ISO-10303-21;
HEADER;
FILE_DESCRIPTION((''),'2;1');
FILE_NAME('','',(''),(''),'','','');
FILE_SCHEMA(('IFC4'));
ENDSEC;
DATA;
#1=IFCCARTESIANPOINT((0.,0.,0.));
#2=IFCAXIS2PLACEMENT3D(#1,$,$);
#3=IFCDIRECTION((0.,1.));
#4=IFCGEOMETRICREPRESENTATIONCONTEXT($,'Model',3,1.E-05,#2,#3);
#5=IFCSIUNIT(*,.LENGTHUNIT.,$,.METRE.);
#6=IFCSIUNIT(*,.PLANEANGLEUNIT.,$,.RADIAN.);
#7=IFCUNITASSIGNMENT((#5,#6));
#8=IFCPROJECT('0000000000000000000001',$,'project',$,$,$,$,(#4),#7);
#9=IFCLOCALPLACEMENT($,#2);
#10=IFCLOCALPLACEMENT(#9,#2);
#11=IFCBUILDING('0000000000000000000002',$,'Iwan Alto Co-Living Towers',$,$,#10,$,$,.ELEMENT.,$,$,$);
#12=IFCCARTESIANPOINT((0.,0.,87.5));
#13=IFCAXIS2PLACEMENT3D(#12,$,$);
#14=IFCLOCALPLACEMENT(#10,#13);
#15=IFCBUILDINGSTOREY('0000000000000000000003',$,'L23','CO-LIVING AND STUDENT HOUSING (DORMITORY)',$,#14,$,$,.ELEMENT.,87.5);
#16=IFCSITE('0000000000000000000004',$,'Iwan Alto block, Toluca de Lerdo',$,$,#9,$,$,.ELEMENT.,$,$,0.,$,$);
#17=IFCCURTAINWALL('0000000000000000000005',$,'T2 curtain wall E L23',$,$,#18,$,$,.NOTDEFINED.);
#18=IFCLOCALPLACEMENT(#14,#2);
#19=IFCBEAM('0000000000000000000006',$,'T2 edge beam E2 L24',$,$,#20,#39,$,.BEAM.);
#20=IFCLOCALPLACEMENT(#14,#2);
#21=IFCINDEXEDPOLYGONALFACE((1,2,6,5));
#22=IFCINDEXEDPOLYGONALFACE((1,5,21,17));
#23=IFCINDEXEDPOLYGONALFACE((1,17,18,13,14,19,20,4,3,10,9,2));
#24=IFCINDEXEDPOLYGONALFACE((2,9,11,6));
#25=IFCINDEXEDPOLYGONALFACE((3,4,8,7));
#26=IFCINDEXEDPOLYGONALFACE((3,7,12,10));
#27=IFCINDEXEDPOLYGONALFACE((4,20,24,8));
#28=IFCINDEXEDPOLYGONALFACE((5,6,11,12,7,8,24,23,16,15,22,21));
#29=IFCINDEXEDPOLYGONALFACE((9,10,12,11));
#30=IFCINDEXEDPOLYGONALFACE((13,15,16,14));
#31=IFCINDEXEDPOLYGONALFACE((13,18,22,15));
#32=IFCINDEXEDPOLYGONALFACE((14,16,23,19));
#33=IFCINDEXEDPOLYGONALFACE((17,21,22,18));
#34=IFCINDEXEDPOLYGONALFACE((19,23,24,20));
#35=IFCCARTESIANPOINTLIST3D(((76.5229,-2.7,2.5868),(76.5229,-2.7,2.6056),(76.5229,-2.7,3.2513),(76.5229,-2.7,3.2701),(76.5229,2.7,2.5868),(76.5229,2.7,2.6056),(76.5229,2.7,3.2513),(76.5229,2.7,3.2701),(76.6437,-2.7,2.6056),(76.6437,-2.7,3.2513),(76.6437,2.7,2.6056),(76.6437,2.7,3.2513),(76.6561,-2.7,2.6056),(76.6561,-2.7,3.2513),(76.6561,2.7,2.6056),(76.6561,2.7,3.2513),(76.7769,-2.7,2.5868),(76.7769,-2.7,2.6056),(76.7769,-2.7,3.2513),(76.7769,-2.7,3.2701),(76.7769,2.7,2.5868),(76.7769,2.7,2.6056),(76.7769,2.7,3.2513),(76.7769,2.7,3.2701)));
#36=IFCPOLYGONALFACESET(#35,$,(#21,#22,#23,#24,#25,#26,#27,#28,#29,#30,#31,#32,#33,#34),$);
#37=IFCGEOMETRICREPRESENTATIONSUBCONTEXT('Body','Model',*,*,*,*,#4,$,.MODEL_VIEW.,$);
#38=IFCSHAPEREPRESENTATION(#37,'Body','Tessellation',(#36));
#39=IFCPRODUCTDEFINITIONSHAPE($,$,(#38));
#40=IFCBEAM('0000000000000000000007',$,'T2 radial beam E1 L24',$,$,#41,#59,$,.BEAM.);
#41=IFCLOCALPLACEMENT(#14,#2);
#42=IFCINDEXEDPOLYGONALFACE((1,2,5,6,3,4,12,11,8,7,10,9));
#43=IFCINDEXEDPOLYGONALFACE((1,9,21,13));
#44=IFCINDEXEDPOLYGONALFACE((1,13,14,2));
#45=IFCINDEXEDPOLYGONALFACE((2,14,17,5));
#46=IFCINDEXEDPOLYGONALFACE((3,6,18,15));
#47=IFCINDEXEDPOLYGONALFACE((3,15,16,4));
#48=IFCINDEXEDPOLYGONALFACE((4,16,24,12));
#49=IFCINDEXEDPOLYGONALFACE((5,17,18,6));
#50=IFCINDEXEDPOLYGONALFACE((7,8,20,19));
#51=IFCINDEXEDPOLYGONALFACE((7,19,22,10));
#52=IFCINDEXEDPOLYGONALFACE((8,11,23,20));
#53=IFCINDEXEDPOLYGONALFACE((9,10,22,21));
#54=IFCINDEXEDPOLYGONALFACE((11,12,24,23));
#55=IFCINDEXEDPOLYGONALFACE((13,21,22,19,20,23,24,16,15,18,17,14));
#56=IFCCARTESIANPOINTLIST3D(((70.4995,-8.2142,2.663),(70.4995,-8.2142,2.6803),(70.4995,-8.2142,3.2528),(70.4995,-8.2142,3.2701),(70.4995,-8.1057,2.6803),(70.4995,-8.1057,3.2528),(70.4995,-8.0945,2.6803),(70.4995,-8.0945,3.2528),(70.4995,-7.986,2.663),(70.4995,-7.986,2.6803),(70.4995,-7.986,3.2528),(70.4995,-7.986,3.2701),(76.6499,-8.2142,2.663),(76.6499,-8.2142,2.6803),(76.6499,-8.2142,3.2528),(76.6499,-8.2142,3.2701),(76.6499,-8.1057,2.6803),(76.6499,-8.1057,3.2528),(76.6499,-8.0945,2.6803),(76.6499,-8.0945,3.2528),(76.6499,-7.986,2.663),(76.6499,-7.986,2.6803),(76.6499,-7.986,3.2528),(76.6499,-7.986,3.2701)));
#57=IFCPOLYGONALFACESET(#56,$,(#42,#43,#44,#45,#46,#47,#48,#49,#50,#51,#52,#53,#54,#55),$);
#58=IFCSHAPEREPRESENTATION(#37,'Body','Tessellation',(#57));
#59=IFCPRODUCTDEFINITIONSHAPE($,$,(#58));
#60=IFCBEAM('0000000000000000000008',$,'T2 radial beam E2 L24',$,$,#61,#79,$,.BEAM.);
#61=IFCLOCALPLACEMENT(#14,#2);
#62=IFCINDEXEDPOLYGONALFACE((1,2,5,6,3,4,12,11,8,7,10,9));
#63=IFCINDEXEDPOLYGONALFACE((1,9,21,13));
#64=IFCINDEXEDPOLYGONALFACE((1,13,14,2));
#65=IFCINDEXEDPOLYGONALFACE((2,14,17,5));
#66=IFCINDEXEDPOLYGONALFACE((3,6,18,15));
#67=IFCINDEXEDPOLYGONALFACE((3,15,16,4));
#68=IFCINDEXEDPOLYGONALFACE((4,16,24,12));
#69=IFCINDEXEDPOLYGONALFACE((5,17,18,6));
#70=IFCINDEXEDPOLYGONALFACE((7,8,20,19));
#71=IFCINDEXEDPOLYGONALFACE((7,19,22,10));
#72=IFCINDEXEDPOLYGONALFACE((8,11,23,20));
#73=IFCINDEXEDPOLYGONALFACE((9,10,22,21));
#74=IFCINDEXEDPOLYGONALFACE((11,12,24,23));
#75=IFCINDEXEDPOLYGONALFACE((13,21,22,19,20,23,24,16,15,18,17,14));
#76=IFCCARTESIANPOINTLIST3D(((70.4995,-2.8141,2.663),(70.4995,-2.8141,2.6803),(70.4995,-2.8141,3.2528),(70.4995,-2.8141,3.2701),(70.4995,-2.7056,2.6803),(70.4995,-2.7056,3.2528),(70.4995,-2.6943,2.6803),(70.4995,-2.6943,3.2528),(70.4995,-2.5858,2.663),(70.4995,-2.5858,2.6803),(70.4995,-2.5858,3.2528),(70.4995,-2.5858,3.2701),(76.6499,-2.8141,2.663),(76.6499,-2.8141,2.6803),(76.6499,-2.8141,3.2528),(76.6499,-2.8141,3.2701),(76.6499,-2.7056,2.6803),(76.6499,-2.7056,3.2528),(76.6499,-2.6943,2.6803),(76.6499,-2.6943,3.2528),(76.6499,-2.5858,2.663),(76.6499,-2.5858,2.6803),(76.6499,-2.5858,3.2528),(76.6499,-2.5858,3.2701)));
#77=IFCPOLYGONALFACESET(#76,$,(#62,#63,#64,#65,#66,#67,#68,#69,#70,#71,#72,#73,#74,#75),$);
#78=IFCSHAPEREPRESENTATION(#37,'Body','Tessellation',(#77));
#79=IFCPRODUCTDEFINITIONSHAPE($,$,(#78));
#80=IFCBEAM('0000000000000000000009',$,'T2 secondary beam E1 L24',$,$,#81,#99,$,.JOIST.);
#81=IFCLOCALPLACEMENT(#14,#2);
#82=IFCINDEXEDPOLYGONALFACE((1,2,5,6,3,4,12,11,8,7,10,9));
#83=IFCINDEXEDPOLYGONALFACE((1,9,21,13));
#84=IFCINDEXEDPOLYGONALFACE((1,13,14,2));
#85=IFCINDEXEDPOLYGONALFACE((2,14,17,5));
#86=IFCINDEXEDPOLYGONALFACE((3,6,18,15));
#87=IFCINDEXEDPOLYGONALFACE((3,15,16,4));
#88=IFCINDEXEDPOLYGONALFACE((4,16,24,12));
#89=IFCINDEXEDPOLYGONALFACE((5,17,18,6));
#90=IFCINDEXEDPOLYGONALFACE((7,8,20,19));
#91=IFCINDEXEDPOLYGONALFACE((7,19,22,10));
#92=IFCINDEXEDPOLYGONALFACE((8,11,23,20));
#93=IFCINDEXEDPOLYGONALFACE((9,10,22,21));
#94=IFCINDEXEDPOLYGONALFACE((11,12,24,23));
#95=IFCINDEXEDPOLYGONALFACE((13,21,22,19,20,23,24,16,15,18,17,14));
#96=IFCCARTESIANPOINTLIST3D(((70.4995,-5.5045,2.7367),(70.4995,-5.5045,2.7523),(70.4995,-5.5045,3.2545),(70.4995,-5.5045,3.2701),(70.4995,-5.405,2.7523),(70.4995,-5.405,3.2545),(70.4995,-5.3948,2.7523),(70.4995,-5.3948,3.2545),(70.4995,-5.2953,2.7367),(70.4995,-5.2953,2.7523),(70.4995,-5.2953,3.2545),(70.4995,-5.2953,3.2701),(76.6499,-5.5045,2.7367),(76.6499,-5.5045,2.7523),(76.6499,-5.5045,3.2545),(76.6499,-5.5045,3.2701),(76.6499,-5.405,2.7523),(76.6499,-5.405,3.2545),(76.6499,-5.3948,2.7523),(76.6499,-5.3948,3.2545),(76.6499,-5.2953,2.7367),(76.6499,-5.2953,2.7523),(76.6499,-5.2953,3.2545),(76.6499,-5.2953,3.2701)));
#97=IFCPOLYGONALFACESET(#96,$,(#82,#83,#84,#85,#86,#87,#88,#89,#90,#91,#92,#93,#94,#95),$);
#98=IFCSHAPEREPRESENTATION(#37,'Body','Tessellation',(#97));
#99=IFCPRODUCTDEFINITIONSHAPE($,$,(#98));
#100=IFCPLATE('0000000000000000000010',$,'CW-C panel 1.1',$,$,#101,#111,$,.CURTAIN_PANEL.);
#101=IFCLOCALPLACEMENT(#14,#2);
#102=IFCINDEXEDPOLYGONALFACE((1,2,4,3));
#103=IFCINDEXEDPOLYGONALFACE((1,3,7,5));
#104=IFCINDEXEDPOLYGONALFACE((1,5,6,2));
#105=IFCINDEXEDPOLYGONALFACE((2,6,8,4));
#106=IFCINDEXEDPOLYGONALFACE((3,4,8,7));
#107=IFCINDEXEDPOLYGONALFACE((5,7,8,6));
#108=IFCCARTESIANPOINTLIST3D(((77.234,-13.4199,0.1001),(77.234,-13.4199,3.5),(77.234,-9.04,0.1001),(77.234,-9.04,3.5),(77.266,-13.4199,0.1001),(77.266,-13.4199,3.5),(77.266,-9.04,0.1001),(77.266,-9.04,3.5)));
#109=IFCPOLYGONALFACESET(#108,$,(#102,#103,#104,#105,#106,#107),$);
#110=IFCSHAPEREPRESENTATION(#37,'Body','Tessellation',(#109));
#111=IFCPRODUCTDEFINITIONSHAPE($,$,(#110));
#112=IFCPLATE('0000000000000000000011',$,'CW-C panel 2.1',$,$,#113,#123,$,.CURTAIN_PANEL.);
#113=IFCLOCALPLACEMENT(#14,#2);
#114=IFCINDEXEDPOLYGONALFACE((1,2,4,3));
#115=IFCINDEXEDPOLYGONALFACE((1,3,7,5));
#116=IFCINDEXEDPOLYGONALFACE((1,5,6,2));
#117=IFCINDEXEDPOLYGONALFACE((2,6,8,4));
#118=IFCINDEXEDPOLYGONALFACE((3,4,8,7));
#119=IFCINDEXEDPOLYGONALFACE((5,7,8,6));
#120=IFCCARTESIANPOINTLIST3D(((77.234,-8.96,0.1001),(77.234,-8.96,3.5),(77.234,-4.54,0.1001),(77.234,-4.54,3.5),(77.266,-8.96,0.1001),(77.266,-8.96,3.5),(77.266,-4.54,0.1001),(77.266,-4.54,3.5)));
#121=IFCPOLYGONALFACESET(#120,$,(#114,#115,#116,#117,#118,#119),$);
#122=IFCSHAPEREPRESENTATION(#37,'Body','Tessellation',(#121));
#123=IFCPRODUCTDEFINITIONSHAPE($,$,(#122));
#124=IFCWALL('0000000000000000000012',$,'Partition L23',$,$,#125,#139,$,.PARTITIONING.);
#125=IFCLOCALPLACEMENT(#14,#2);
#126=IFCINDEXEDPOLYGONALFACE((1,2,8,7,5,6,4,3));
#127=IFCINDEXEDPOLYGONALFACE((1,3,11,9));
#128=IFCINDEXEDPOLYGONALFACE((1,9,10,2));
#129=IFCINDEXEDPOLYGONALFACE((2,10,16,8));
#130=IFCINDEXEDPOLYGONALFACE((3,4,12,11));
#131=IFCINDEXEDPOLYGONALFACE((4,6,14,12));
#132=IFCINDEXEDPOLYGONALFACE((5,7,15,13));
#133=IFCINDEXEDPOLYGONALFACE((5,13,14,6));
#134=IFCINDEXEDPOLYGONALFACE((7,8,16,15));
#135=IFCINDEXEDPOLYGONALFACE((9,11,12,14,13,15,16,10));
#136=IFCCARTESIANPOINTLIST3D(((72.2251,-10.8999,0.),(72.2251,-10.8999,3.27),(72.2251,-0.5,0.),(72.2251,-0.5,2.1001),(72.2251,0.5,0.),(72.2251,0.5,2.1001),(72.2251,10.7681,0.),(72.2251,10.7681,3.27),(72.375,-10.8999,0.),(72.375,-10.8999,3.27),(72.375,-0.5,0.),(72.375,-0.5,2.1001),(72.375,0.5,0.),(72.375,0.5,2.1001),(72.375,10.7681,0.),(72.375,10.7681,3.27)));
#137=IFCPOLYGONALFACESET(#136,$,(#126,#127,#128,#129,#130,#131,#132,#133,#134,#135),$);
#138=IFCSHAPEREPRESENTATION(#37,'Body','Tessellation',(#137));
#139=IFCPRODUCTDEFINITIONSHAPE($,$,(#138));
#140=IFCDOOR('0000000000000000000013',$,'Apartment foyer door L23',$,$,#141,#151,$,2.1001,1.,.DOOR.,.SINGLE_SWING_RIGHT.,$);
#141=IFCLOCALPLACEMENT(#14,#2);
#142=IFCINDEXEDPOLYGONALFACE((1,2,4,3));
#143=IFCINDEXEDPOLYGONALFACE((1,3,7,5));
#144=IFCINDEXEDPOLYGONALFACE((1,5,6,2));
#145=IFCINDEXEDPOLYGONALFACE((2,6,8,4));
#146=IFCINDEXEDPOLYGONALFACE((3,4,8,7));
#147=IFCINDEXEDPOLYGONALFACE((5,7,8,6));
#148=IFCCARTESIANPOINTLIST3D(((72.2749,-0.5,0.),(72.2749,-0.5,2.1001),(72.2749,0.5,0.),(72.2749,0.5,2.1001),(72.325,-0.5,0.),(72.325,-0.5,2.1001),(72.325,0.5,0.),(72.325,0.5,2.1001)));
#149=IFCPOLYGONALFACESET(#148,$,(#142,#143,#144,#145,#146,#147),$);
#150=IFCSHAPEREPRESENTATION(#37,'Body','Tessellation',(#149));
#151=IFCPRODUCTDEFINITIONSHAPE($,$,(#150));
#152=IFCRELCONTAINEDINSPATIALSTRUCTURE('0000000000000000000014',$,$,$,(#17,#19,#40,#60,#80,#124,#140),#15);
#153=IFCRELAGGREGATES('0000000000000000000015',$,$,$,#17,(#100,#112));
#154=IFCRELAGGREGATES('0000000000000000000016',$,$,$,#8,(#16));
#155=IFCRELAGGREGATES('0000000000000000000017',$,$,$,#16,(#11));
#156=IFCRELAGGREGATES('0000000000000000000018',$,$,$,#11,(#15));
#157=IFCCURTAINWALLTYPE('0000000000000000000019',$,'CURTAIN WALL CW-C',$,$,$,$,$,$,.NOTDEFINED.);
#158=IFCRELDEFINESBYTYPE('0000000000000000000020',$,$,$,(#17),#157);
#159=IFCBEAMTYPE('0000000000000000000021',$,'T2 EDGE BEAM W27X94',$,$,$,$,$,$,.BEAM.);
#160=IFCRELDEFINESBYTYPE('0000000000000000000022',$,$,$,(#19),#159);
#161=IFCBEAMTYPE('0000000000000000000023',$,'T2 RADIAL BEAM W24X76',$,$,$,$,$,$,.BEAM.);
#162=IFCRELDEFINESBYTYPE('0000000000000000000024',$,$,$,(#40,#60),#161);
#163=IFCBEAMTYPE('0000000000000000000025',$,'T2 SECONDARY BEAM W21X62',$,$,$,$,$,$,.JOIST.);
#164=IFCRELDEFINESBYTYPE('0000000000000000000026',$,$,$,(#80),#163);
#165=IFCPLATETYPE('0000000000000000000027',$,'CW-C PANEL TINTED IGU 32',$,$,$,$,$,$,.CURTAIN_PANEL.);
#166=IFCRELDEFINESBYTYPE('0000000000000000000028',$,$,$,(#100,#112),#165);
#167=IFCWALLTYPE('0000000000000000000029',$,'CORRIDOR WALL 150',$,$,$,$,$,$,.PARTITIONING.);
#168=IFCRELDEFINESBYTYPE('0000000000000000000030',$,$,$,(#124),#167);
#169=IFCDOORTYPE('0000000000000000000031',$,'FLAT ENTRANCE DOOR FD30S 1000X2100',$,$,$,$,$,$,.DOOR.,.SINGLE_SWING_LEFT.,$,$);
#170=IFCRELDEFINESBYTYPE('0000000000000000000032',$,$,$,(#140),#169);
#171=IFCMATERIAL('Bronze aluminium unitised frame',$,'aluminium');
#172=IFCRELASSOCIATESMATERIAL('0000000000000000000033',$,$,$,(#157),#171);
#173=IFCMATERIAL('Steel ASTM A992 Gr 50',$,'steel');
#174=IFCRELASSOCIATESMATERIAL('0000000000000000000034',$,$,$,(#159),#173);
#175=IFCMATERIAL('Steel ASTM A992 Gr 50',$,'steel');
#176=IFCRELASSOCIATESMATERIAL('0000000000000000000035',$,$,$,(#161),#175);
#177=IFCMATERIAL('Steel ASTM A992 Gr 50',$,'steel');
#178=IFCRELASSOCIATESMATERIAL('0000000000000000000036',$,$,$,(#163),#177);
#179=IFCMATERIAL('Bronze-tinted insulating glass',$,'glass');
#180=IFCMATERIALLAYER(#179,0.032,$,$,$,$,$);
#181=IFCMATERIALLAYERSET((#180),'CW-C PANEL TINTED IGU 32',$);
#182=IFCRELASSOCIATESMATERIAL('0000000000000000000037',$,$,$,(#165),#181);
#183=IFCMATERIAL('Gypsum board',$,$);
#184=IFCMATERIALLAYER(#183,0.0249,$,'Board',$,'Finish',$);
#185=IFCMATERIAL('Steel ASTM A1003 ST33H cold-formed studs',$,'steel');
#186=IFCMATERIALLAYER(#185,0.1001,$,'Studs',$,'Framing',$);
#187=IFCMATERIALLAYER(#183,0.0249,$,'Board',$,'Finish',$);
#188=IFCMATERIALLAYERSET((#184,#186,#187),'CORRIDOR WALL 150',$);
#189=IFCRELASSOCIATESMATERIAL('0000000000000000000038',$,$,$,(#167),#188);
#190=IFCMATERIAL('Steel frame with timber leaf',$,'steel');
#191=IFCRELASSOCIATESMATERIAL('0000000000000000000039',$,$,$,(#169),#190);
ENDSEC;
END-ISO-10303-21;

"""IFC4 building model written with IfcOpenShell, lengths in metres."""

from ifc_helpers import new_model, si_unit, direction, frame, frame_2d, origin, origin_2d, place, context, subcontext, project, spatial, rectangle, i_section, extrude, material, layer, layer_set, material_profile, profile_set, type_object, element, fill, aggregate, save


model = new_model("IFC4")

# Units and contexts
model_context = context("Model", 3, precision=1e-05, world=origin(), true_north=direction((0.0, 1.0)))
body_context = subcontext(model_context, "Body", "Model", "MODEL_VIEW")
ifc_project = project(units=[si_unit("LENGTHUNIT", "METRE"), si_unit("PLANEANGLEUNIT", "RADIAN")], contexts=[model_context])

# Site, building, storey
site_placement = place(None, origin())
site = spatial("IfcSite", under=ifc_project, at=site_placement, Name="Iwan Alto block, Toluca de Lerdo", CompositionType="ELEMENT", RefElevation=0.0)
building_placement = place(site_placement, origin())
building = spatial("IfcBuilding", under=site, at=building_placement, Name="Iwan Alto Co-Living Towers", CompositionType="ELEMENT")
storey_placement = place(building_placement, frame((0.0, 0.0, 87.5)))
storey = spatial("IfcBuildingStorey", under=building, at=storey_placement, Name="L23", Description="CO-LIVING AND STUDENT HOUSING (DORMITORY)", CompositionType="ELEMENT", Elevation=87.5)

# Curtain wall
ifc_material_1 = material(Name="Bronze aluminium unitised frame", Category="aluminium")
curtain_wall_type = type_object("IfcCurtainWallType", Name="CURTAIN WALL CW-C", PredefinedType="NOTDEFINED", material=ifc_material_1)
curtain_wall_placement = place(storey_placement, origin())
curtain_wall = element("IfcCurtainWall", 1, at=curtain_wall_placement, inside=storey, type_object=curtain_wall_type, Name="T2 curtain wall E L23", PredefinedType="NOTDEFINED")

# Beams
ifc_material_2 = material(Name="Steel ASTM A992 Gr 50", Category="steel")
ifc_material_profile_1 = material_profile(ifc_material_2, i_section(OverallWidth=0.2539, OverallDepth=0.6833, WebThickness=0.0125, FlangeThickness=0.0188, at=origin_2d()), Name="W27X94")
ifc_profile_set_1 = profile_set([ifc_material_profile_1], Name="Steel ASTM A992 Gr 50")
beam_type_1 = type_object("IfcBeamType", Name="T2 EDGE BEAM W27X94", PredefinedType="BEAM", material=ifc_profile_set_1)
beam_1_placement = place(storey_placement, frame((76.6499, -2.7, 2.9285), z_axis=(0.0, 1.0, 0.0), x_axis=(-1.0, 0.0, 0.0)))
element("IfcBeam", 2, at=beam_1_placement, inside=storey, type_object=beam_type_1, Name="T2 edge beam E2 L24", PredefinedType="BEAM", context=body_context, shape_type="SweptSolid", body=[
    extrude(i_section(OverallWidth=0.2539, OverallDepth=0.6833, WebThickness=0.0125, FlangeThickness=0.0188, at=origin_2d()), origin(), (0.0, 0.0, 1.0), 5.3999),
])
ifc_material_3 = material(Name="Steel ASTM A992 Gr 50", Category="steel")
ifc_material_profile_2 = material_profile(ifc_material_3, i_section(OverallWidth=0.2283, OverallDepth=0.6072, WebThickness=0.0112, FlangeThickness=0.0173, at=origin_2d()), Name="W24X76")
ifc_profile_set_2 = profile_set([ifc_material_profile_2], Name="Steel ASTM A992 Gr 50")
beam_type_2 = type_object("IfcBeamType", Name="T2 RADIAL BEAM W24X76", PredefinedType="BEAM", material=ifc_profile_set_2)
for number, where, z_axis, x_axis, name in (
    (3, (76.6499, -8.1001, 2.9666), (-1.0, 0.0, 0.0), (0.0, -1.0, 0.0), "T2 radial beam E1 L24"),
    (4, (76.6499, -2.7, 2.9666), (-1.0, 0.0, 0.0), (0.0, -1.0, 0.0), "T2 radial beam E2 L24"),
):
    element("IfcBeam", number, at=place(storey_placement, frame(where, z_axis=z_axis, x_axis=x_axis)), inside=storey, type_object=beam_type_2, Name=name, PredefinedType="BEAM", context=body_context, shape_type="SweptSolid", body=[
        extrude(i_section(OverallWidth=0.2283, OverallDepth=0.6072, WebThickness=0.0112, FlangeThickness=0.0173, at=origin_2d()), origin(), (0.0, 0.0, 1.0), 6.1504),
    ])
ifc_material_4 = material(Name="Steel ASTM A992 Gr 50", Category="steel")
ifc_material_profile_3 = material_profile(ifc_material_4, i_section(OverallWidth=0.2092, OverallDepth=0.5334, WebThickness=0.0103, FlangeThickness=0.0156, at=origin_2d()), Name="W21X62")
ifc_profile_set_3 = profile_set([ifc_material_profile_3], Name="Steel ASTM A992 Gr 50")
beam_type_3 = type_object("IfcBeamType", Name="T2 SECONDARY BEAM W21X62", PredefinedType="JOIST", material=ifc_profile_set_3)
beam_2_placement = place(storey_placement, frame((76.6499, -5.3999, 3.0034), z_axis=(-1.0, 0.0, 0.0), x_axis=(0.0, -1.0, 0.0)))
element("IfcBeam", 5, at=beam_2_placement, inside=storey, type_object=beam_type_3, Name="T2 secondary beam E1 L24", PredefinedType="JOIST", context=body_context, shape_type="SweptSolid", body=[
    extrude(i_section(OverallWidth=0.2092, OverallDepth=0.5334, WebThickness=0.0103, FlangeThickness=0.0156, at=origin_2d()), origin(), (0.0, 0.0, 1.0), 6.1504),
])

# Plates
ifc_material_5 = material(Name="Bronze-tinted insulating glass", Category="glass")
ifc_layer_1 = layer(ifc_material_5, 0.032)
ifc_layer_set_1 = layer_set([ifc_layer_1], Name="CW-C PANEL TINTED IGU 32")
plate_type = type_object("IfcPlateType", Name="CW-C PANEL TINTED IGU 32", PredefinedType="CURTAIN_PANEL", material=ifc_layer_set_1)
plate_1_placement = place(storey_placement, frame((77.25, -11.23, 0.1001), z_axis=(0.0, 0.0, 1.0), x_axis=(0.0, 1.0, 0.0)))
plate_1 = element("IfcPlate", 6, at=plate_1_placement, type_object=plate_type, Name="CW-C panel 1.1", PredefinedType="CURTAIN_PANEL", context=body_context, shape_type="SweptSolid", body=[
    extrude(rectangle(XDim=4.3799, YDim=0.032, at=origin_2d()), origin(), (0.0, 0.0, 1.0), 3.3999),
])
plate_2_placement = place(storey_placement, frame((77.25, -6.75, 0.1001), z_axis=(0.0, 0.0, 1.0), x_axis=(0.0, 1.0, 0.0)))
plate_2 = element("IfcPlate", 7, at=plate_2_placement, type_object=plate_type, Name="CW-C panel 2.1", PredefinedType="CURTAIN_PANEL", context=body_context, shape_type="SweptSolid", body=[
    extrude(rectangle(XDim=4.4199, YDim=0.032, at=origin_2d()), origin(), (0.0, 0.0, 1.0), 3.3999),
])
aggregate(curtain_wall, [plate_1, plate_2])

# Wall, opening, door
ifc_material_6 = material(Name="Gypsum board")
ifc_layer_2 = layer(ifc_material_6, 0.0249, Name="Board", Category="Finish")
ifc_material_7 = material(Name="Steel ASTM A1003 ST33H cold-formed studs", Category="steel")
ifc_layer_3 = layer(ifc_material_7, 0.1001, Name="Studs", Category="Framing")
ifc_layer_4 = layer(ifc_material_6, 0.0249, Name="Board", Category="Finish")
ifc_layer_set_2 = layer_set([ifc_layer_2, ifc_layer_3, ifc_layer_4], Name="CORRIDOR WALL 150")
wall_type_1 = type_object("IfcWallType", Name="CORRIDOR WALL 150", PredefinedType="PARTITIONING", material=ifc_layer_set_2)
wall_1_placement = place(storey_placement, frame((72.3, -10.8999, 0.0), z_axis=(0.0, 0.0, 1.0), x_axis=(0.0, 1.0, 0.0)))
wall_1 = element("IfcWall", 8, at=wall_1_placement, inside=storey, type_object=wall_type_1, Name="Partition L23", PredefinedType="PARTITIONING", context=body_context, shape_type="SweptSolid", body=[
    extrude(rectangle(XDim=21.668, YDim=0.1499, at=frame_2d((10.834, 0.0))), origin(), (0.0, 0.0, 1.0), 3.27),
])
opening_1_placement = place(wall_1_placement, frame((10.3999, 0.0, 0.0)))
opening_1 = element("IfcOpeningElement", 9, at=opening_1_placement, cuts=wall_1, PredefinedType="OPENING", context=body_context, shape_type="SweptSolid", body=[
    extrude(rectangle(XDim=1.0, YDim=2.1001, at=frame_2d((0.5, 1.05))), frame((0.0, 0.085, 0.0), z_axis=(0.0, -1.0, 0.0), x_axis=(1.0, 0.0, 0.0)), (0.0, 0.0, 1.0), 0.1699),
])
ifc_material_8 = material(Name="Steel frame with timber leaf", Category="steel")
door_type_1 = type_object("IfcDoorType", Name="FLAT ENTRANCE DOOR FD30S 1000X2100", OperationType="SINGLE_SWING_LEFT", PredefinedType="DOOR", material=ifc_material_8)
door_1_placement = place(opening_1_placement, frame((1.0, 0.0, 0.0), z_axis=(0.0, 0.0, 1.0), x_axis=(-1.0, 0.0, 0.0)))
door_1 = element("IfcDoor", 10, at=door_1_placement, inside=storey, type_object=door_type_1, Name="Apartment foyer door L23", OperationType="SINGLE_SWING_RIGHT", OverallHeight=2.1001, OverallWidth=1.0, PredefinedType="DOOR", context=body_context, shape_type="SweptSolid", body=[
    extrude(rectangle(XDim=1.0, YDim=2.1001, at=frame_2d((0.5, 1.05))), frame((0.0, 0.0249, 0.0), z_axis=(0.0, -1.0, 0.0), x_axis=(1.0, 0.0, 0.0)), (0.0, 0.0, 1.0), 0.05),
])
fill(opening_1, door_1)

save(model, "model.ifc")
